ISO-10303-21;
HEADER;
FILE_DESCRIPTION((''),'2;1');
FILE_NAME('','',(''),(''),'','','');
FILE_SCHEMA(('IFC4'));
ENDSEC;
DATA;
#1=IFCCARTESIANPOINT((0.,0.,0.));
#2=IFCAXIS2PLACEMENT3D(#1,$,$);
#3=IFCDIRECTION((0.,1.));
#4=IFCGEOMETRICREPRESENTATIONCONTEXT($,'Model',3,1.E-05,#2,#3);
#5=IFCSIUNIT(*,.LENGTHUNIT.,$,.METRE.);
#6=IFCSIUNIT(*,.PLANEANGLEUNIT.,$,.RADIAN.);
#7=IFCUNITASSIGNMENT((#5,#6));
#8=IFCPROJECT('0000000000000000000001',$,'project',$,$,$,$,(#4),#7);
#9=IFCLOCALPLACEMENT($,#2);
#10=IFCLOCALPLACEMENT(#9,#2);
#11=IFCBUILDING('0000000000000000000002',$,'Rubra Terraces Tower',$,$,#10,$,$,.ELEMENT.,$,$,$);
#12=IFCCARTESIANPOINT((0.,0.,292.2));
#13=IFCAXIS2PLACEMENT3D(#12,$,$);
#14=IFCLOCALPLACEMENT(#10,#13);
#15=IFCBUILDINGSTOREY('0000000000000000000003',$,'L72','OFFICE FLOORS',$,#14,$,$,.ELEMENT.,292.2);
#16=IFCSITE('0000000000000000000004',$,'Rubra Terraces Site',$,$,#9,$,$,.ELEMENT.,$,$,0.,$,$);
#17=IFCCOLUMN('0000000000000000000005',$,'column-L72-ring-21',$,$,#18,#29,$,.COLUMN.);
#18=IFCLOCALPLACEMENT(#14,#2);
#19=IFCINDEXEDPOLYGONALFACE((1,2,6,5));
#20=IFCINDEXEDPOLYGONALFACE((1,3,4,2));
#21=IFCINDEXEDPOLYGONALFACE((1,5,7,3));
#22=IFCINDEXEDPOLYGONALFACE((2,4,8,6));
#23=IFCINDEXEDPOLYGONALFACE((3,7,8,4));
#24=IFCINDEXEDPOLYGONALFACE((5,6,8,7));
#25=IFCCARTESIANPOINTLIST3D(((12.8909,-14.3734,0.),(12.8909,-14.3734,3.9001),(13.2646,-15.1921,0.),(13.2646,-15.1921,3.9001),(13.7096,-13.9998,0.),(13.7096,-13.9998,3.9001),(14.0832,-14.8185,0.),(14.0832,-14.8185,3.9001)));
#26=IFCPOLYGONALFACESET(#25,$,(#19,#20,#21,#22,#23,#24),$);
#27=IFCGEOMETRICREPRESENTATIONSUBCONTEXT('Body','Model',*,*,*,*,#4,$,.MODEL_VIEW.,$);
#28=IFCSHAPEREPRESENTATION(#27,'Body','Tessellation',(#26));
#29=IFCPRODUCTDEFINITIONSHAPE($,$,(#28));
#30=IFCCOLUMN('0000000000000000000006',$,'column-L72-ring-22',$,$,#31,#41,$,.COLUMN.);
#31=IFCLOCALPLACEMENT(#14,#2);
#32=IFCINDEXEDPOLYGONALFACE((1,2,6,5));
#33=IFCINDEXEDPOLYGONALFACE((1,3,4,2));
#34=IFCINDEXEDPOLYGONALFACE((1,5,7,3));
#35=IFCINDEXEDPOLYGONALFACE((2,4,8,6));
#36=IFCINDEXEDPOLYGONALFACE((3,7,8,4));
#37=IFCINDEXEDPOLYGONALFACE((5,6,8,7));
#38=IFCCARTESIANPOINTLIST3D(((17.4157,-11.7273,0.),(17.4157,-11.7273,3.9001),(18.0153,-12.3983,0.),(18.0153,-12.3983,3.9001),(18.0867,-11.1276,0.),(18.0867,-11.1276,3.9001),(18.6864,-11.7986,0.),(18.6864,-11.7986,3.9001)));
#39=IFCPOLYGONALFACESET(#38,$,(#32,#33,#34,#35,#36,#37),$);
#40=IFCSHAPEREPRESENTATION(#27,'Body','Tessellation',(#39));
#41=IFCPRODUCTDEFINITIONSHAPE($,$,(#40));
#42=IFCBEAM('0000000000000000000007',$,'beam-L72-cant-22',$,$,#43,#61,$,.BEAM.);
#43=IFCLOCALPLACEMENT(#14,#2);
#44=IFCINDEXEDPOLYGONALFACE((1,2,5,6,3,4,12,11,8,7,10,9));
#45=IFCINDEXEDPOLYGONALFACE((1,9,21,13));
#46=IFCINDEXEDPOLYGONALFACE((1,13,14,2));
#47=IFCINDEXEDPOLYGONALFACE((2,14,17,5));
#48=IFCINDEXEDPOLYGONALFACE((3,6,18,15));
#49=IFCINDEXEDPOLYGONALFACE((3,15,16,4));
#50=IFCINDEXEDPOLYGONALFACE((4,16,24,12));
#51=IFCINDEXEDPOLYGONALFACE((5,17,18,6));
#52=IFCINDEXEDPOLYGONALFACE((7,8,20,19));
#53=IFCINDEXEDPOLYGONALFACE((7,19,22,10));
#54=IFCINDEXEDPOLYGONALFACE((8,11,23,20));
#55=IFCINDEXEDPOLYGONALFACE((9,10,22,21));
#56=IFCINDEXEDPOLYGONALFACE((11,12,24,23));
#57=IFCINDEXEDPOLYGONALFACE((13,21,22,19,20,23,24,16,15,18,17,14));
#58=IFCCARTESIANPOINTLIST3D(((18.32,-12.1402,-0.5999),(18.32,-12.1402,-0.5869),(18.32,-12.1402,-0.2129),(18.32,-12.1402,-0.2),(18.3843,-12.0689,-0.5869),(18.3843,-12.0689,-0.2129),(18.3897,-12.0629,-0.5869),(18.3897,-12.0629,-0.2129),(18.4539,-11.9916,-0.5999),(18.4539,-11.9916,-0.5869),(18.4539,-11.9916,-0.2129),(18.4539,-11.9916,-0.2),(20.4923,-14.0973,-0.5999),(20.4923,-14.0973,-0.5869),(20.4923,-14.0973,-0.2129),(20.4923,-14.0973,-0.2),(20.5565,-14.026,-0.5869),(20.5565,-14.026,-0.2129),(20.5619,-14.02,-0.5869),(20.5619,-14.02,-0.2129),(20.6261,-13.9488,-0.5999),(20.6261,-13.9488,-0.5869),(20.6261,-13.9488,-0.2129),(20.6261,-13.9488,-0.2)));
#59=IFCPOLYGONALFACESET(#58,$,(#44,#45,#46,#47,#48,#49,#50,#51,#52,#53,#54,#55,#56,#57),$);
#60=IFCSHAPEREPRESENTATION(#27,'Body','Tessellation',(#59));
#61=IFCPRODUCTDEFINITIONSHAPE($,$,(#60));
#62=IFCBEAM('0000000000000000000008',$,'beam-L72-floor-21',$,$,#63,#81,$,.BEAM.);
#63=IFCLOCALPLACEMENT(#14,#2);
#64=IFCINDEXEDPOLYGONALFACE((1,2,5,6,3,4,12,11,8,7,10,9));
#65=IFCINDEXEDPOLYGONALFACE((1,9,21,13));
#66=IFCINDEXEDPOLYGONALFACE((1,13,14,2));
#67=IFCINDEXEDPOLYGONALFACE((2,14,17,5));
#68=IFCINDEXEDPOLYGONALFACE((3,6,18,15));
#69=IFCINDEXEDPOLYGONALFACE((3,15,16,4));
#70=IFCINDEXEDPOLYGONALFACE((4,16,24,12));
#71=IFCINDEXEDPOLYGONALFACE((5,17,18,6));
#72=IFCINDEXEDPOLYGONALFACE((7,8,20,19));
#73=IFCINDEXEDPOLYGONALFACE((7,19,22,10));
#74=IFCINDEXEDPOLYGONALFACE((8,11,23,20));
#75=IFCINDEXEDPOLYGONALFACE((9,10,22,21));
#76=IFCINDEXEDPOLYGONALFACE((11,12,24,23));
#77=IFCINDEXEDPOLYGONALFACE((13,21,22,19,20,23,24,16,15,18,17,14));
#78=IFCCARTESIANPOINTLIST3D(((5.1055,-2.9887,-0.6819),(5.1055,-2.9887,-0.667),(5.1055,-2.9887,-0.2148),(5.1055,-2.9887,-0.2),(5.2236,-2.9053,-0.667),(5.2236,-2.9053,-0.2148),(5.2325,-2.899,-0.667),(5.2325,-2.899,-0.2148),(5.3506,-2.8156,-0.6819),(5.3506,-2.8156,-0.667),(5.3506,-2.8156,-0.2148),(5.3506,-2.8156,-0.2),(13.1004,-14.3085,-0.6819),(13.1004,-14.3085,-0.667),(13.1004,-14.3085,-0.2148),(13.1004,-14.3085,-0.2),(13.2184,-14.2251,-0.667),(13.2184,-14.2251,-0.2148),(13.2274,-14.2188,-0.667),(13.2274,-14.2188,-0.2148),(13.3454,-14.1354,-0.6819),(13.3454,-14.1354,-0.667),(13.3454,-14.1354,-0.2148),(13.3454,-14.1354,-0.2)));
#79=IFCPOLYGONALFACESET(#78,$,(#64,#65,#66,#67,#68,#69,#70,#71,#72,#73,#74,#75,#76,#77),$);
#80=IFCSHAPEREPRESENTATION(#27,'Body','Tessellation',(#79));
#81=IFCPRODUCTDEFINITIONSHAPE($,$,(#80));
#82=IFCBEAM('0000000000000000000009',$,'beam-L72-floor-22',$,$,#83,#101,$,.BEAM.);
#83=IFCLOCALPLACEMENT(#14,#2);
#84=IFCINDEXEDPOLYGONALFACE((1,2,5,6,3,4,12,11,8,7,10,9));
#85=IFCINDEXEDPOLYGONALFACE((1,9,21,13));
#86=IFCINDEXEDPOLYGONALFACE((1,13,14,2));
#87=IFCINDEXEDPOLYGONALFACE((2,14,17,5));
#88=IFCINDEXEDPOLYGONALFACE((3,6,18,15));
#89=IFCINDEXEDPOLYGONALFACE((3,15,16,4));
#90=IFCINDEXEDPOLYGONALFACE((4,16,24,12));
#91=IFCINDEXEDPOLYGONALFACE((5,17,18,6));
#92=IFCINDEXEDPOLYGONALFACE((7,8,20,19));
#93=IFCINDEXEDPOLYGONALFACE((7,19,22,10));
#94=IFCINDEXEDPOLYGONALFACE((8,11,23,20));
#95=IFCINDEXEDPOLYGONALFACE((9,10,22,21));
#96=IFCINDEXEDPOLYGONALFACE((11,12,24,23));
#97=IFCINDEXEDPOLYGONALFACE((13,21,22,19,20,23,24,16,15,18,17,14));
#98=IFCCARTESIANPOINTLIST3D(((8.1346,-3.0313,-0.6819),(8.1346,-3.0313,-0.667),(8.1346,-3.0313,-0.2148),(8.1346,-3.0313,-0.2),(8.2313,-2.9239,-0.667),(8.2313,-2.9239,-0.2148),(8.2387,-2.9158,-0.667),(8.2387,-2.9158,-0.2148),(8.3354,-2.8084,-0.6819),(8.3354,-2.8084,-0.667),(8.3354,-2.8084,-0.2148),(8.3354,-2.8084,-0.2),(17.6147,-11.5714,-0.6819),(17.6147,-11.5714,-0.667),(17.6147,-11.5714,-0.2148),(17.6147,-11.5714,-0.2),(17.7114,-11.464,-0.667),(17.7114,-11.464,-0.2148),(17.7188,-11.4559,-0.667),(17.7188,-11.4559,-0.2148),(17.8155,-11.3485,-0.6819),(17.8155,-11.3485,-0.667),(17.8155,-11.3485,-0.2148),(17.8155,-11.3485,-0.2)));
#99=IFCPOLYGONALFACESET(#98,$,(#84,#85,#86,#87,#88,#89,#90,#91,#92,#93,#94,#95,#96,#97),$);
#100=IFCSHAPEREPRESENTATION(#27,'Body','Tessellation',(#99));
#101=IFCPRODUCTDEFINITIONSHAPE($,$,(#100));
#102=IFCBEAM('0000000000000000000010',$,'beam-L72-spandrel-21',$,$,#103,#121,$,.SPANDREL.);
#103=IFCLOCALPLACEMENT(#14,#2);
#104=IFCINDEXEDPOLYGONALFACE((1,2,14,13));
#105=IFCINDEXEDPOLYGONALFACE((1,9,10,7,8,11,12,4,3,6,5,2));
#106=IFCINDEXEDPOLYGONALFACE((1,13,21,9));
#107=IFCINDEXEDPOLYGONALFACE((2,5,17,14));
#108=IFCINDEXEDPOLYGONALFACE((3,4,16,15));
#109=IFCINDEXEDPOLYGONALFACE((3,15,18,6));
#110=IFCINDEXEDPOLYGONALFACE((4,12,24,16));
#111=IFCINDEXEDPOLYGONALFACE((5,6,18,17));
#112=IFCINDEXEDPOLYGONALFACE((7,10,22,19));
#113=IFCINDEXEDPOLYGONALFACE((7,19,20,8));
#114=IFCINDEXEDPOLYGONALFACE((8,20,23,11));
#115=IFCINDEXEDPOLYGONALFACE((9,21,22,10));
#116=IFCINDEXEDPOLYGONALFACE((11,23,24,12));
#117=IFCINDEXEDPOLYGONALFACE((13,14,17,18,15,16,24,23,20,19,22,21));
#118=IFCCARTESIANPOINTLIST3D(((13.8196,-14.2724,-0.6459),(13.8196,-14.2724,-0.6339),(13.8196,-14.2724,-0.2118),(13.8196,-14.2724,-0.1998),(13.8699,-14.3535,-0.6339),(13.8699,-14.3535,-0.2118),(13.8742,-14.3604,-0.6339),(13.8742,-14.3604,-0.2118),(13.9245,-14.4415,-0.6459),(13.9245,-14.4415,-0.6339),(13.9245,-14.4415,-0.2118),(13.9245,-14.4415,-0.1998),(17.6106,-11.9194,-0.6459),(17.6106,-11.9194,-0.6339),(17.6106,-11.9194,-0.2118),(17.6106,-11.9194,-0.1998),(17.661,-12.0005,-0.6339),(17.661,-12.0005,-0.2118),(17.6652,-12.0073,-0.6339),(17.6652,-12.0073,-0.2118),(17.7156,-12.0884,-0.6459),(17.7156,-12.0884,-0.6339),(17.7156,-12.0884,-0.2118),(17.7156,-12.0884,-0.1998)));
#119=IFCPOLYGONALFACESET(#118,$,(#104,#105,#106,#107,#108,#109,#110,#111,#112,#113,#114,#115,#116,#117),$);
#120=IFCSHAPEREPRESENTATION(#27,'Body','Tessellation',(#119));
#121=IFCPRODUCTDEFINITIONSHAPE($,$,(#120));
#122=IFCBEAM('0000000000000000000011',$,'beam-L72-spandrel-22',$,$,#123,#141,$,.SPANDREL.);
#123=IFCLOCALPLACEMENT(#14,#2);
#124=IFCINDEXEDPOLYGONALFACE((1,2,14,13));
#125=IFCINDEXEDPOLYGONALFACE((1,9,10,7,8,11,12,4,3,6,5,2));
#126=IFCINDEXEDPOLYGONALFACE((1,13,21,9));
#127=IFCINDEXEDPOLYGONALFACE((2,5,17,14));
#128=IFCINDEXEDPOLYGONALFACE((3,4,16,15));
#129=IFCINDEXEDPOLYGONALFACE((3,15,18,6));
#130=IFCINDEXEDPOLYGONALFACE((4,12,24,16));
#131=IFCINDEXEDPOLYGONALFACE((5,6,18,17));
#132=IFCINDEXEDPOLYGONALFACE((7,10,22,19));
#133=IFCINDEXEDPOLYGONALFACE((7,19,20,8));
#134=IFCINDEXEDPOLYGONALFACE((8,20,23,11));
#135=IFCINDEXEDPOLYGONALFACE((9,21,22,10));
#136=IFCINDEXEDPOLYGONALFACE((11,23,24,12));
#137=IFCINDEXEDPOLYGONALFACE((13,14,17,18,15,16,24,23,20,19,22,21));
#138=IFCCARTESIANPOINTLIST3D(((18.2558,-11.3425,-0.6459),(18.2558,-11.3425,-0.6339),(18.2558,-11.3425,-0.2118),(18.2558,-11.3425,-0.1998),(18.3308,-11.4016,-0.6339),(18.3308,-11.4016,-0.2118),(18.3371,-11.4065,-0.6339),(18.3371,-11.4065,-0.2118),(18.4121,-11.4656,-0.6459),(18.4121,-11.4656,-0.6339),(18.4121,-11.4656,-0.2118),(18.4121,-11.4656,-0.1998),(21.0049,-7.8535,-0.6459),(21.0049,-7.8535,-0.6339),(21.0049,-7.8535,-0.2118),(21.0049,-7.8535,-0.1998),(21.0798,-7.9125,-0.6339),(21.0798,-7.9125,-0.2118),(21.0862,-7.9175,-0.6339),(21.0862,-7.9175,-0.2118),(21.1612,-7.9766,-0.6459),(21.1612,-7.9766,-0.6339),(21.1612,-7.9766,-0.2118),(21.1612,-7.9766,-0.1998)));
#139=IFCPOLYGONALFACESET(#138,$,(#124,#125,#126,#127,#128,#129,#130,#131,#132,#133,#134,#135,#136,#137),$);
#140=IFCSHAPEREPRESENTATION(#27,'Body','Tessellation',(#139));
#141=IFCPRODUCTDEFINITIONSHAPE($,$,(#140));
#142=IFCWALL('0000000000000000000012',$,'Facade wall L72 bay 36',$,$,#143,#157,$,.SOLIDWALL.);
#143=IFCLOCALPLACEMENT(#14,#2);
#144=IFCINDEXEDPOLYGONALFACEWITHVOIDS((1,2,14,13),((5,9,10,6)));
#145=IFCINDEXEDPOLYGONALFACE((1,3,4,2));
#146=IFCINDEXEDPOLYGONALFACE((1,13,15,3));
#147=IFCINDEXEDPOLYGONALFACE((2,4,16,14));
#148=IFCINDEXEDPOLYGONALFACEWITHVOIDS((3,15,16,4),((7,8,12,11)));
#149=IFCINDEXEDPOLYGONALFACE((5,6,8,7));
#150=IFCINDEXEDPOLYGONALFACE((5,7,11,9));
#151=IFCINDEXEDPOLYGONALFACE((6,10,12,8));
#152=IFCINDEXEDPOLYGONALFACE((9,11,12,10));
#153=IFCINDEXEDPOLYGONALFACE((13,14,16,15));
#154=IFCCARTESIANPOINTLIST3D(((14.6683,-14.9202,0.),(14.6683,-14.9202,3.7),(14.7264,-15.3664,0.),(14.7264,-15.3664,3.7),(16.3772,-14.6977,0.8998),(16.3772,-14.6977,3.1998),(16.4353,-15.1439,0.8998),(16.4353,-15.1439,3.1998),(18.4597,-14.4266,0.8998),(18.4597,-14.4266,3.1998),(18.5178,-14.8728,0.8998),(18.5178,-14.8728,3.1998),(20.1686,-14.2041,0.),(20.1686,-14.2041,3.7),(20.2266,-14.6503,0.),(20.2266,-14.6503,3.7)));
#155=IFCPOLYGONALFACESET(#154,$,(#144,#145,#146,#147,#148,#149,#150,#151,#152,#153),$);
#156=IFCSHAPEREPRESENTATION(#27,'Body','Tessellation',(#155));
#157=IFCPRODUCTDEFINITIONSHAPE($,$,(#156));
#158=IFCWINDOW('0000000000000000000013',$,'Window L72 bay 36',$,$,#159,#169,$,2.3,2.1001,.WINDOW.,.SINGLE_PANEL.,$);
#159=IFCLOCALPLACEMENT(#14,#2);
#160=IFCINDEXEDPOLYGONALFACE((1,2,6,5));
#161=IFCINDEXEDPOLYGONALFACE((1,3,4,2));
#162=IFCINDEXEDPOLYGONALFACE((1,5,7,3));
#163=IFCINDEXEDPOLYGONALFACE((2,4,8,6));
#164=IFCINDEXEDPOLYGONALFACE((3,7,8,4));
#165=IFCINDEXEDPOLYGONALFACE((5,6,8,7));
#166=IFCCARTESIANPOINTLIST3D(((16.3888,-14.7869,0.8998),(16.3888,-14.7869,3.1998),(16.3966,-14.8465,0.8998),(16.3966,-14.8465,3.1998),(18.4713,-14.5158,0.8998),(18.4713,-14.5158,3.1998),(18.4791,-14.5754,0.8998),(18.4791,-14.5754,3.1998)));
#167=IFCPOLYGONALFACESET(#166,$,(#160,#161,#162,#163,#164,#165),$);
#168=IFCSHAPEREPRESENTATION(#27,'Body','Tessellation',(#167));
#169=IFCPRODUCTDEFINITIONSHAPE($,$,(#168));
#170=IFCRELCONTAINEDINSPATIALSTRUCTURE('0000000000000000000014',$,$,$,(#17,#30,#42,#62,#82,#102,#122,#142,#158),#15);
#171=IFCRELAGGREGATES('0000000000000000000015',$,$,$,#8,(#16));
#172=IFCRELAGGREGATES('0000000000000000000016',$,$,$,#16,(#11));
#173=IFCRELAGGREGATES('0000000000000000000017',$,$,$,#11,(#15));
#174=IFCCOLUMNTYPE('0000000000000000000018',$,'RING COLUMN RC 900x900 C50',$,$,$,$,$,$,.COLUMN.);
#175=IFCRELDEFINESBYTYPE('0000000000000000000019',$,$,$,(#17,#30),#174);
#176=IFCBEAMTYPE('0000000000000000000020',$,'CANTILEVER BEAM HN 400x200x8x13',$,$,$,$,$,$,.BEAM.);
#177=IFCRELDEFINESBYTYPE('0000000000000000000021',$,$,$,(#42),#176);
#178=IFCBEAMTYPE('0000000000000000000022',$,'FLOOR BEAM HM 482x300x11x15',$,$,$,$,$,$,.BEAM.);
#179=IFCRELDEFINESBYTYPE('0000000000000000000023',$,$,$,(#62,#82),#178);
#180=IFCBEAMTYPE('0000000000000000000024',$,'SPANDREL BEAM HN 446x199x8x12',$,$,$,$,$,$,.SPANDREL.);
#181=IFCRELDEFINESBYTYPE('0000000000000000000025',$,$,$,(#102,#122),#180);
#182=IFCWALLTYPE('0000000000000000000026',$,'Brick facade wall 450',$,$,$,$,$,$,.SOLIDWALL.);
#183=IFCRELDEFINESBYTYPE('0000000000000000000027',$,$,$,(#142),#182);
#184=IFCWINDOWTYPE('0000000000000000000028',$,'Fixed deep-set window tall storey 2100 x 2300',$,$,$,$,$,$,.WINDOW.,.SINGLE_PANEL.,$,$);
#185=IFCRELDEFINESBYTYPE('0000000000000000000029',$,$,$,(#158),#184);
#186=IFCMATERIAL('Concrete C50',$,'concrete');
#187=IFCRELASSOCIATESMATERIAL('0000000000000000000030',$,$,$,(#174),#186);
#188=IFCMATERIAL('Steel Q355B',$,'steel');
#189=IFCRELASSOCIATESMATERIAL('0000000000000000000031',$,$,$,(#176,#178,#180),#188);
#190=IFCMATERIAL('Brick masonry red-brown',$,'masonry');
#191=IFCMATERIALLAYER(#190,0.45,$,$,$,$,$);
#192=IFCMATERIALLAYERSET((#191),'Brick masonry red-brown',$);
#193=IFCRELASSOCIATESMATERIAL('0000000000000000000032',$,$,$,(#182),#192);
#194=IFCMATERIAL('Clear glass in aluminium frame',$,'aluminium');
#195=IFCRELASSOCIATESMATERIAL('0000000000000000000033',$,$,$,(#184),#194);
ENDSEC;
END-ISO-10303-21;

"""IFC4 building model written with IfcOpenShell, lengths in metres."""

from ifc_helpers import new_model, si_unit, direction, frame, frame_2d, origin, origin_2d, place, context, subcontext, project, spatial, rectangle, i_section, extrude, material, layer, layer_set, material_profile, profile_set, type_object, element, fill, save


model = new_model("IFC4")

# Units and contexts
model_context = context("Model", 3, precision=1e-05, world=origin(), true_north=direction((0.0, 1.0)))
body_context = subcontext(model_context, "Body", "Model", "MODEL_VIEW")
ifc_project = project(units=[si_unit("LENGTHUNIT", "METRE"), si_unit("PLANEANGLEUNIT", "RADIAN")], contexts=[model_context])

# Site, building, storey
site_placement = place(None, origin())
site = spatial("IfcSite", under=ifc_project, at=site_placement, Name="Rubra Terraces Site", CompositionType="ELEMENT", RefElevation=0.0)
building_placement = place(site_placement, origin())
building = spatial("IfcBuilding", under=site, at=building_placement, Name="Rubra Terraces Tower", CompositionType="ELEMENT")
storey_placement = place(building_placement, frame((0.0, 0.0, 292.2)))
storey = spatial("IfcBuildingStorey", under=building, at=storey_placement, Name="L72", Description="OFFICE FLOORS", CompositionType="ELEMENT", Elevation=292.2)

# Columns
ifc_material_1 = material(Name="Concrete C50", Category="concrete")
ifc_material_profile_1 = material_profile(ifc_material_1, rectangle(XDim=0.8999, YDim=0.8999, at=origin_2d()), Name="RC 900x900")
ifc_profile_set_1 = profile_set([ifc_material_profile_1], Name="Concrete C50")
column_type = type_object("IfcColumnType", Name="RING COLUMN RC 900x900 C50", PredefinedType="COLUMN", material=ifc_profile_set_1)
for number, where, z_axis, x_axis, name in (
    (1, (13.4871, -14.5959, 0.0), (0.0, 0.0, 1.0), (0.909726, 0.415208, 0.0), "column-L72-ring-21"),
    (2, (18.051, -11.7629, 0.0), (0.0, 0.0, 1.0), (0.745642, 0.666347, 0.0), "column-L72-ring-22"),
):
    element("IfcColumn", number, at=place(storey_placement, frame(where, z_axis=z_axis, x_axis=x_axis)), inside=storey, type_object=column_type, Name=name, PredefinedType="COLUMN", context=body_context, shape_type="SweptSolid", body=[
        extrude(rectangle(XDim=0.8999, YDim=0.8999, at=origin_2d()), origin(), (0.0, 0.0, 1.0), 3.9001),
    ])

# Beams
ifc_material_2 = material(Name="Steel Q355B", Category="steel")
ifc_material_profile_2 = material_profile(ifc_material_2, i_section(OverallWidth=0.2, OverallDepth=0.3999, WebThickness=0.0081, FlangeThickness=0.0129, at=origin_2d()), Name="HN 400x200x8x13")
ifc_profile_set_2 = profile_set([ifc_material_profile_2], Name="Steel Q355B")
beam_type_1 = type_object("IfcBeamType", Name="CANTILEVER BEAM HN 400x200x8x13", PredefinedType="BEAM", material=ifc_profile_set_2)
beam_1_placement = place(storey_placement, frame((18.387, -12.0659, -0.3999), z_axis=(0.742933, -0.669366, 0.0), x_axis=(0.669366, 0.742933, 0.0)))
element("IfcBeam", 3, at=beam_1_placement, inside=storey, type_object=beam_type_1, Name="beam-L72-cant-22", PredefinedType="BEAM", context=body_context, shape_type="SweptSolid", body=[
    extrude(i_section(OverallWidth=0.2, OverallDepth=0.3999, WebThickness=0.0081, FlangeThickness=0.0129, at=origin_2d()), origin(), (0.0, 0.0, 1.0), 2.9238),
])
ifc_material_profile_3 = material_profile(ifc_material_2, i_section(OverallWidth=0.3, OverallDepth=0.4819, WebThickness=0.011, FlangeThickness=0.0149, at=origin_2d()), Name="HM 482x300x11x15")
ifc_profile_set_3 = profile_set([ifc_material_profile_3], Name="Steel Q355B")
beam_type_2 = type_object("IfcBeamType", Name="FLOOR BEAM HM 482x300x11x15", PredefinedType="BEAM", material=ifc_profile_set_3)
beam_2_placement = place(storey_placement, frame((13.2229, -14.2219, -0.4409), z_axis=(-0.576896, 0.816818, 0.0), x_axis=(-0.816818, -0.576896, 0.0)))
element("IfcBeam", 4, at=beam_2_placement, inside=storey, type_object=beam_type_2, Name="beam-L72-floor-21", PredefinedType="BEAM", context=body_context, shape_type="SweptSolid", body=[
    extrude(i_section(OverallWidth=0.3, OverallDepth=0.4819, WebThickness=0.011, FlangeThickness=0.0149, at=origin_2d()), origin(), (0.0, 0.0, 1.0), 13.8584),
])
beam_3_placement = place(storey_placement, frame((17.7151, -11.46, -0.4409), z_axis=(-0.74298, 0.669314, 0.0), x_axis=(-0.669314, -0.74298, 0.0)))
element("IfcBeam", 5, at=beam_3_placement, inside=storey, type_object=beam_type_2, Name="beam-L72-floor-22", PredefinedType="BEAM", context=body_context, shape_type="SweptSolid", body=[
    extrude(i_section(OverallWidth=0.3, OverallDepth=0.4819, WebThickness=0.011, FlangeThickness=0.0149, at=origin_2d()), origin(), (0.0, 0.0, 1.0), 12.7595),
])
ifc_material_profile_4 = material_profile(ifc_material_2, i_section(OverallWidth=0.199, OverallDepth=0.446, WebThickness=0.0081, FlangeThickness=0.012, at=origin_2d()), Name="HN 446x199x8x12")
ifc_profile_set_4 = profile_set([ifc_material_profile_4], Name="Steel Q355B")
beam_type_3 = type_object("IfcBeamType", Name="SPANDREL BEAM HN 446x199x8x12", PredefinedType="SPANDREL", material=ifc_profile_set_4)
beam_4_placement = place(storey_placement, frame((13.8721, -14.3569, -0.4229), z_axis=(0.849642, 0.52736, 0.0), x_axis=(-0.52736, 0.849642, 0.0)))
element("IfcBeam", 6, at=beam_4_placement, inside=storey, type_object=beam_type_3, Name="beam-L72-spandrel-21", PredefinedType="SPANDREL", context=body_context, shape_type="SweptSolid", body=[
    extrude(i_section(OverallWidth=0.199, OverallDepth=0.446, WebThickness=0.0081, FlangeThickness=0.012, at=origin_2d()), origin(), (0.0, 0.0, 1.0), 4.4619),
])
beam_5_placement = place(storey_placement, frame((18.334, -11.4041, -0.4229), z_axis=(0.618887, 0.78548, 0.0), x_axis=(-0.78548, 0.618887, 0.0)))
element("IfcBeam", 7, at=beam_5_placement, inside=storey, type_object=beam_type_3, Name="beam-L72-spandrel-22", PredefinedType="SPANDREL", context=body_context, shape_type="SweptSolid", body=[
    extrude(i_section(OverallWidth=0.199, OverallDepth=0.446, WebThickness=0.0081, FlangeThickness=0.012, at=origin_2d()), origin(), (0.0, 0.0, 1.0), 4.4419),
])

# Wall, opening, window
ifc_material_3 = material(Name="Brick masonry red-brown", Category="masonry")
ifc_layer_1 = layer(ifc_material_3, 0.45)
ifc_layer_set_1 = layer_set([ifc_layer_1], Name="Brick masonry red-brown")
wall_type_1 = type_object("IfcWallType", Name="Brick facade wall 450", PredefinedType="SOLIDWALL", material=ifc_layer_set_1)
wall_1_placement = place(storey_placement, frame((14.6973, -15.1433, 0.0), z_axis=(0.0, 0.0, 1.0), x_axis=(0.991632, 0.129098, 0.0)))
wall_1 = element("IfcWall", 8, at=wall_1_placement, inside=storey, type_object=wall_type_1, Name="Facade wall L72 bay 36", PredefinedType="SOLIDWALL", context=body_context, shape_type="SweptSolid", body=[
    extrude(rectangle(XDim=5.5466, YDim=0.45, at=frame_2d((2.7734, 0.0))), origin(), (0.0, 0.0, 1.0), 3.7),
])
opening_1_placement = place(wall_1_placement, frame((1.7234, 0.0, 0.8999)))
opening_1 = element("IfcOpeningElement", 9, at=opening_1_placement, cuts=wall_1, PredefinedType="OPENING", context=body_context, shape_type="SweptSolid", body=[
    extrude(rectangle(XDim=2.1001, YDim=2.3, at=frame_2d((1.05, 1.1499))), frame((0.0, 0.2349, 0.0), z_axis=(0.0, -1.0, 0.0), x_axis=(1.0, 0.0, 0.0)), (0.0, 0.0, 1.0), 0.47),
])
ifc_material_4 = material(Name="Clear glass in aluminium frame", Category="aluminium")
window_type = type_object("IfcWindowType", Name="Fixed deep-set window tall storey 2100 x 2300", PartitioningType="SINGLE_PANEL", PredefinedType="WINDOW", material=ifc_material_4)
window_1_placement = place(opening_1_placement, origin())
window_1 = element("IfcWindow", 10, at=window_1_placement, inside=storey, type_object=window_type, Name="Window L72 bay 36", OverallHeight=2.3, OverallWidth=2.1001, PartitioningType="SINGLE_PANEL", PredefinedType="WINDOW", context=body_context, shape_type="SweptSolid", body=[
    extrude(rectangle(XDim=2.1001, YDim=2.3, at=frame_2d((1.05, 1.1499))), frame((0.0, 0.135, 0.0), z_axis=(0.0, -1.0, 0.0), x_axis=(1.0, 0.0, 0.0)), (0.0, 0.0, 1.0), 0.0601),
])
fill(opening_1, window_1)

save(model, "model.ifc")
